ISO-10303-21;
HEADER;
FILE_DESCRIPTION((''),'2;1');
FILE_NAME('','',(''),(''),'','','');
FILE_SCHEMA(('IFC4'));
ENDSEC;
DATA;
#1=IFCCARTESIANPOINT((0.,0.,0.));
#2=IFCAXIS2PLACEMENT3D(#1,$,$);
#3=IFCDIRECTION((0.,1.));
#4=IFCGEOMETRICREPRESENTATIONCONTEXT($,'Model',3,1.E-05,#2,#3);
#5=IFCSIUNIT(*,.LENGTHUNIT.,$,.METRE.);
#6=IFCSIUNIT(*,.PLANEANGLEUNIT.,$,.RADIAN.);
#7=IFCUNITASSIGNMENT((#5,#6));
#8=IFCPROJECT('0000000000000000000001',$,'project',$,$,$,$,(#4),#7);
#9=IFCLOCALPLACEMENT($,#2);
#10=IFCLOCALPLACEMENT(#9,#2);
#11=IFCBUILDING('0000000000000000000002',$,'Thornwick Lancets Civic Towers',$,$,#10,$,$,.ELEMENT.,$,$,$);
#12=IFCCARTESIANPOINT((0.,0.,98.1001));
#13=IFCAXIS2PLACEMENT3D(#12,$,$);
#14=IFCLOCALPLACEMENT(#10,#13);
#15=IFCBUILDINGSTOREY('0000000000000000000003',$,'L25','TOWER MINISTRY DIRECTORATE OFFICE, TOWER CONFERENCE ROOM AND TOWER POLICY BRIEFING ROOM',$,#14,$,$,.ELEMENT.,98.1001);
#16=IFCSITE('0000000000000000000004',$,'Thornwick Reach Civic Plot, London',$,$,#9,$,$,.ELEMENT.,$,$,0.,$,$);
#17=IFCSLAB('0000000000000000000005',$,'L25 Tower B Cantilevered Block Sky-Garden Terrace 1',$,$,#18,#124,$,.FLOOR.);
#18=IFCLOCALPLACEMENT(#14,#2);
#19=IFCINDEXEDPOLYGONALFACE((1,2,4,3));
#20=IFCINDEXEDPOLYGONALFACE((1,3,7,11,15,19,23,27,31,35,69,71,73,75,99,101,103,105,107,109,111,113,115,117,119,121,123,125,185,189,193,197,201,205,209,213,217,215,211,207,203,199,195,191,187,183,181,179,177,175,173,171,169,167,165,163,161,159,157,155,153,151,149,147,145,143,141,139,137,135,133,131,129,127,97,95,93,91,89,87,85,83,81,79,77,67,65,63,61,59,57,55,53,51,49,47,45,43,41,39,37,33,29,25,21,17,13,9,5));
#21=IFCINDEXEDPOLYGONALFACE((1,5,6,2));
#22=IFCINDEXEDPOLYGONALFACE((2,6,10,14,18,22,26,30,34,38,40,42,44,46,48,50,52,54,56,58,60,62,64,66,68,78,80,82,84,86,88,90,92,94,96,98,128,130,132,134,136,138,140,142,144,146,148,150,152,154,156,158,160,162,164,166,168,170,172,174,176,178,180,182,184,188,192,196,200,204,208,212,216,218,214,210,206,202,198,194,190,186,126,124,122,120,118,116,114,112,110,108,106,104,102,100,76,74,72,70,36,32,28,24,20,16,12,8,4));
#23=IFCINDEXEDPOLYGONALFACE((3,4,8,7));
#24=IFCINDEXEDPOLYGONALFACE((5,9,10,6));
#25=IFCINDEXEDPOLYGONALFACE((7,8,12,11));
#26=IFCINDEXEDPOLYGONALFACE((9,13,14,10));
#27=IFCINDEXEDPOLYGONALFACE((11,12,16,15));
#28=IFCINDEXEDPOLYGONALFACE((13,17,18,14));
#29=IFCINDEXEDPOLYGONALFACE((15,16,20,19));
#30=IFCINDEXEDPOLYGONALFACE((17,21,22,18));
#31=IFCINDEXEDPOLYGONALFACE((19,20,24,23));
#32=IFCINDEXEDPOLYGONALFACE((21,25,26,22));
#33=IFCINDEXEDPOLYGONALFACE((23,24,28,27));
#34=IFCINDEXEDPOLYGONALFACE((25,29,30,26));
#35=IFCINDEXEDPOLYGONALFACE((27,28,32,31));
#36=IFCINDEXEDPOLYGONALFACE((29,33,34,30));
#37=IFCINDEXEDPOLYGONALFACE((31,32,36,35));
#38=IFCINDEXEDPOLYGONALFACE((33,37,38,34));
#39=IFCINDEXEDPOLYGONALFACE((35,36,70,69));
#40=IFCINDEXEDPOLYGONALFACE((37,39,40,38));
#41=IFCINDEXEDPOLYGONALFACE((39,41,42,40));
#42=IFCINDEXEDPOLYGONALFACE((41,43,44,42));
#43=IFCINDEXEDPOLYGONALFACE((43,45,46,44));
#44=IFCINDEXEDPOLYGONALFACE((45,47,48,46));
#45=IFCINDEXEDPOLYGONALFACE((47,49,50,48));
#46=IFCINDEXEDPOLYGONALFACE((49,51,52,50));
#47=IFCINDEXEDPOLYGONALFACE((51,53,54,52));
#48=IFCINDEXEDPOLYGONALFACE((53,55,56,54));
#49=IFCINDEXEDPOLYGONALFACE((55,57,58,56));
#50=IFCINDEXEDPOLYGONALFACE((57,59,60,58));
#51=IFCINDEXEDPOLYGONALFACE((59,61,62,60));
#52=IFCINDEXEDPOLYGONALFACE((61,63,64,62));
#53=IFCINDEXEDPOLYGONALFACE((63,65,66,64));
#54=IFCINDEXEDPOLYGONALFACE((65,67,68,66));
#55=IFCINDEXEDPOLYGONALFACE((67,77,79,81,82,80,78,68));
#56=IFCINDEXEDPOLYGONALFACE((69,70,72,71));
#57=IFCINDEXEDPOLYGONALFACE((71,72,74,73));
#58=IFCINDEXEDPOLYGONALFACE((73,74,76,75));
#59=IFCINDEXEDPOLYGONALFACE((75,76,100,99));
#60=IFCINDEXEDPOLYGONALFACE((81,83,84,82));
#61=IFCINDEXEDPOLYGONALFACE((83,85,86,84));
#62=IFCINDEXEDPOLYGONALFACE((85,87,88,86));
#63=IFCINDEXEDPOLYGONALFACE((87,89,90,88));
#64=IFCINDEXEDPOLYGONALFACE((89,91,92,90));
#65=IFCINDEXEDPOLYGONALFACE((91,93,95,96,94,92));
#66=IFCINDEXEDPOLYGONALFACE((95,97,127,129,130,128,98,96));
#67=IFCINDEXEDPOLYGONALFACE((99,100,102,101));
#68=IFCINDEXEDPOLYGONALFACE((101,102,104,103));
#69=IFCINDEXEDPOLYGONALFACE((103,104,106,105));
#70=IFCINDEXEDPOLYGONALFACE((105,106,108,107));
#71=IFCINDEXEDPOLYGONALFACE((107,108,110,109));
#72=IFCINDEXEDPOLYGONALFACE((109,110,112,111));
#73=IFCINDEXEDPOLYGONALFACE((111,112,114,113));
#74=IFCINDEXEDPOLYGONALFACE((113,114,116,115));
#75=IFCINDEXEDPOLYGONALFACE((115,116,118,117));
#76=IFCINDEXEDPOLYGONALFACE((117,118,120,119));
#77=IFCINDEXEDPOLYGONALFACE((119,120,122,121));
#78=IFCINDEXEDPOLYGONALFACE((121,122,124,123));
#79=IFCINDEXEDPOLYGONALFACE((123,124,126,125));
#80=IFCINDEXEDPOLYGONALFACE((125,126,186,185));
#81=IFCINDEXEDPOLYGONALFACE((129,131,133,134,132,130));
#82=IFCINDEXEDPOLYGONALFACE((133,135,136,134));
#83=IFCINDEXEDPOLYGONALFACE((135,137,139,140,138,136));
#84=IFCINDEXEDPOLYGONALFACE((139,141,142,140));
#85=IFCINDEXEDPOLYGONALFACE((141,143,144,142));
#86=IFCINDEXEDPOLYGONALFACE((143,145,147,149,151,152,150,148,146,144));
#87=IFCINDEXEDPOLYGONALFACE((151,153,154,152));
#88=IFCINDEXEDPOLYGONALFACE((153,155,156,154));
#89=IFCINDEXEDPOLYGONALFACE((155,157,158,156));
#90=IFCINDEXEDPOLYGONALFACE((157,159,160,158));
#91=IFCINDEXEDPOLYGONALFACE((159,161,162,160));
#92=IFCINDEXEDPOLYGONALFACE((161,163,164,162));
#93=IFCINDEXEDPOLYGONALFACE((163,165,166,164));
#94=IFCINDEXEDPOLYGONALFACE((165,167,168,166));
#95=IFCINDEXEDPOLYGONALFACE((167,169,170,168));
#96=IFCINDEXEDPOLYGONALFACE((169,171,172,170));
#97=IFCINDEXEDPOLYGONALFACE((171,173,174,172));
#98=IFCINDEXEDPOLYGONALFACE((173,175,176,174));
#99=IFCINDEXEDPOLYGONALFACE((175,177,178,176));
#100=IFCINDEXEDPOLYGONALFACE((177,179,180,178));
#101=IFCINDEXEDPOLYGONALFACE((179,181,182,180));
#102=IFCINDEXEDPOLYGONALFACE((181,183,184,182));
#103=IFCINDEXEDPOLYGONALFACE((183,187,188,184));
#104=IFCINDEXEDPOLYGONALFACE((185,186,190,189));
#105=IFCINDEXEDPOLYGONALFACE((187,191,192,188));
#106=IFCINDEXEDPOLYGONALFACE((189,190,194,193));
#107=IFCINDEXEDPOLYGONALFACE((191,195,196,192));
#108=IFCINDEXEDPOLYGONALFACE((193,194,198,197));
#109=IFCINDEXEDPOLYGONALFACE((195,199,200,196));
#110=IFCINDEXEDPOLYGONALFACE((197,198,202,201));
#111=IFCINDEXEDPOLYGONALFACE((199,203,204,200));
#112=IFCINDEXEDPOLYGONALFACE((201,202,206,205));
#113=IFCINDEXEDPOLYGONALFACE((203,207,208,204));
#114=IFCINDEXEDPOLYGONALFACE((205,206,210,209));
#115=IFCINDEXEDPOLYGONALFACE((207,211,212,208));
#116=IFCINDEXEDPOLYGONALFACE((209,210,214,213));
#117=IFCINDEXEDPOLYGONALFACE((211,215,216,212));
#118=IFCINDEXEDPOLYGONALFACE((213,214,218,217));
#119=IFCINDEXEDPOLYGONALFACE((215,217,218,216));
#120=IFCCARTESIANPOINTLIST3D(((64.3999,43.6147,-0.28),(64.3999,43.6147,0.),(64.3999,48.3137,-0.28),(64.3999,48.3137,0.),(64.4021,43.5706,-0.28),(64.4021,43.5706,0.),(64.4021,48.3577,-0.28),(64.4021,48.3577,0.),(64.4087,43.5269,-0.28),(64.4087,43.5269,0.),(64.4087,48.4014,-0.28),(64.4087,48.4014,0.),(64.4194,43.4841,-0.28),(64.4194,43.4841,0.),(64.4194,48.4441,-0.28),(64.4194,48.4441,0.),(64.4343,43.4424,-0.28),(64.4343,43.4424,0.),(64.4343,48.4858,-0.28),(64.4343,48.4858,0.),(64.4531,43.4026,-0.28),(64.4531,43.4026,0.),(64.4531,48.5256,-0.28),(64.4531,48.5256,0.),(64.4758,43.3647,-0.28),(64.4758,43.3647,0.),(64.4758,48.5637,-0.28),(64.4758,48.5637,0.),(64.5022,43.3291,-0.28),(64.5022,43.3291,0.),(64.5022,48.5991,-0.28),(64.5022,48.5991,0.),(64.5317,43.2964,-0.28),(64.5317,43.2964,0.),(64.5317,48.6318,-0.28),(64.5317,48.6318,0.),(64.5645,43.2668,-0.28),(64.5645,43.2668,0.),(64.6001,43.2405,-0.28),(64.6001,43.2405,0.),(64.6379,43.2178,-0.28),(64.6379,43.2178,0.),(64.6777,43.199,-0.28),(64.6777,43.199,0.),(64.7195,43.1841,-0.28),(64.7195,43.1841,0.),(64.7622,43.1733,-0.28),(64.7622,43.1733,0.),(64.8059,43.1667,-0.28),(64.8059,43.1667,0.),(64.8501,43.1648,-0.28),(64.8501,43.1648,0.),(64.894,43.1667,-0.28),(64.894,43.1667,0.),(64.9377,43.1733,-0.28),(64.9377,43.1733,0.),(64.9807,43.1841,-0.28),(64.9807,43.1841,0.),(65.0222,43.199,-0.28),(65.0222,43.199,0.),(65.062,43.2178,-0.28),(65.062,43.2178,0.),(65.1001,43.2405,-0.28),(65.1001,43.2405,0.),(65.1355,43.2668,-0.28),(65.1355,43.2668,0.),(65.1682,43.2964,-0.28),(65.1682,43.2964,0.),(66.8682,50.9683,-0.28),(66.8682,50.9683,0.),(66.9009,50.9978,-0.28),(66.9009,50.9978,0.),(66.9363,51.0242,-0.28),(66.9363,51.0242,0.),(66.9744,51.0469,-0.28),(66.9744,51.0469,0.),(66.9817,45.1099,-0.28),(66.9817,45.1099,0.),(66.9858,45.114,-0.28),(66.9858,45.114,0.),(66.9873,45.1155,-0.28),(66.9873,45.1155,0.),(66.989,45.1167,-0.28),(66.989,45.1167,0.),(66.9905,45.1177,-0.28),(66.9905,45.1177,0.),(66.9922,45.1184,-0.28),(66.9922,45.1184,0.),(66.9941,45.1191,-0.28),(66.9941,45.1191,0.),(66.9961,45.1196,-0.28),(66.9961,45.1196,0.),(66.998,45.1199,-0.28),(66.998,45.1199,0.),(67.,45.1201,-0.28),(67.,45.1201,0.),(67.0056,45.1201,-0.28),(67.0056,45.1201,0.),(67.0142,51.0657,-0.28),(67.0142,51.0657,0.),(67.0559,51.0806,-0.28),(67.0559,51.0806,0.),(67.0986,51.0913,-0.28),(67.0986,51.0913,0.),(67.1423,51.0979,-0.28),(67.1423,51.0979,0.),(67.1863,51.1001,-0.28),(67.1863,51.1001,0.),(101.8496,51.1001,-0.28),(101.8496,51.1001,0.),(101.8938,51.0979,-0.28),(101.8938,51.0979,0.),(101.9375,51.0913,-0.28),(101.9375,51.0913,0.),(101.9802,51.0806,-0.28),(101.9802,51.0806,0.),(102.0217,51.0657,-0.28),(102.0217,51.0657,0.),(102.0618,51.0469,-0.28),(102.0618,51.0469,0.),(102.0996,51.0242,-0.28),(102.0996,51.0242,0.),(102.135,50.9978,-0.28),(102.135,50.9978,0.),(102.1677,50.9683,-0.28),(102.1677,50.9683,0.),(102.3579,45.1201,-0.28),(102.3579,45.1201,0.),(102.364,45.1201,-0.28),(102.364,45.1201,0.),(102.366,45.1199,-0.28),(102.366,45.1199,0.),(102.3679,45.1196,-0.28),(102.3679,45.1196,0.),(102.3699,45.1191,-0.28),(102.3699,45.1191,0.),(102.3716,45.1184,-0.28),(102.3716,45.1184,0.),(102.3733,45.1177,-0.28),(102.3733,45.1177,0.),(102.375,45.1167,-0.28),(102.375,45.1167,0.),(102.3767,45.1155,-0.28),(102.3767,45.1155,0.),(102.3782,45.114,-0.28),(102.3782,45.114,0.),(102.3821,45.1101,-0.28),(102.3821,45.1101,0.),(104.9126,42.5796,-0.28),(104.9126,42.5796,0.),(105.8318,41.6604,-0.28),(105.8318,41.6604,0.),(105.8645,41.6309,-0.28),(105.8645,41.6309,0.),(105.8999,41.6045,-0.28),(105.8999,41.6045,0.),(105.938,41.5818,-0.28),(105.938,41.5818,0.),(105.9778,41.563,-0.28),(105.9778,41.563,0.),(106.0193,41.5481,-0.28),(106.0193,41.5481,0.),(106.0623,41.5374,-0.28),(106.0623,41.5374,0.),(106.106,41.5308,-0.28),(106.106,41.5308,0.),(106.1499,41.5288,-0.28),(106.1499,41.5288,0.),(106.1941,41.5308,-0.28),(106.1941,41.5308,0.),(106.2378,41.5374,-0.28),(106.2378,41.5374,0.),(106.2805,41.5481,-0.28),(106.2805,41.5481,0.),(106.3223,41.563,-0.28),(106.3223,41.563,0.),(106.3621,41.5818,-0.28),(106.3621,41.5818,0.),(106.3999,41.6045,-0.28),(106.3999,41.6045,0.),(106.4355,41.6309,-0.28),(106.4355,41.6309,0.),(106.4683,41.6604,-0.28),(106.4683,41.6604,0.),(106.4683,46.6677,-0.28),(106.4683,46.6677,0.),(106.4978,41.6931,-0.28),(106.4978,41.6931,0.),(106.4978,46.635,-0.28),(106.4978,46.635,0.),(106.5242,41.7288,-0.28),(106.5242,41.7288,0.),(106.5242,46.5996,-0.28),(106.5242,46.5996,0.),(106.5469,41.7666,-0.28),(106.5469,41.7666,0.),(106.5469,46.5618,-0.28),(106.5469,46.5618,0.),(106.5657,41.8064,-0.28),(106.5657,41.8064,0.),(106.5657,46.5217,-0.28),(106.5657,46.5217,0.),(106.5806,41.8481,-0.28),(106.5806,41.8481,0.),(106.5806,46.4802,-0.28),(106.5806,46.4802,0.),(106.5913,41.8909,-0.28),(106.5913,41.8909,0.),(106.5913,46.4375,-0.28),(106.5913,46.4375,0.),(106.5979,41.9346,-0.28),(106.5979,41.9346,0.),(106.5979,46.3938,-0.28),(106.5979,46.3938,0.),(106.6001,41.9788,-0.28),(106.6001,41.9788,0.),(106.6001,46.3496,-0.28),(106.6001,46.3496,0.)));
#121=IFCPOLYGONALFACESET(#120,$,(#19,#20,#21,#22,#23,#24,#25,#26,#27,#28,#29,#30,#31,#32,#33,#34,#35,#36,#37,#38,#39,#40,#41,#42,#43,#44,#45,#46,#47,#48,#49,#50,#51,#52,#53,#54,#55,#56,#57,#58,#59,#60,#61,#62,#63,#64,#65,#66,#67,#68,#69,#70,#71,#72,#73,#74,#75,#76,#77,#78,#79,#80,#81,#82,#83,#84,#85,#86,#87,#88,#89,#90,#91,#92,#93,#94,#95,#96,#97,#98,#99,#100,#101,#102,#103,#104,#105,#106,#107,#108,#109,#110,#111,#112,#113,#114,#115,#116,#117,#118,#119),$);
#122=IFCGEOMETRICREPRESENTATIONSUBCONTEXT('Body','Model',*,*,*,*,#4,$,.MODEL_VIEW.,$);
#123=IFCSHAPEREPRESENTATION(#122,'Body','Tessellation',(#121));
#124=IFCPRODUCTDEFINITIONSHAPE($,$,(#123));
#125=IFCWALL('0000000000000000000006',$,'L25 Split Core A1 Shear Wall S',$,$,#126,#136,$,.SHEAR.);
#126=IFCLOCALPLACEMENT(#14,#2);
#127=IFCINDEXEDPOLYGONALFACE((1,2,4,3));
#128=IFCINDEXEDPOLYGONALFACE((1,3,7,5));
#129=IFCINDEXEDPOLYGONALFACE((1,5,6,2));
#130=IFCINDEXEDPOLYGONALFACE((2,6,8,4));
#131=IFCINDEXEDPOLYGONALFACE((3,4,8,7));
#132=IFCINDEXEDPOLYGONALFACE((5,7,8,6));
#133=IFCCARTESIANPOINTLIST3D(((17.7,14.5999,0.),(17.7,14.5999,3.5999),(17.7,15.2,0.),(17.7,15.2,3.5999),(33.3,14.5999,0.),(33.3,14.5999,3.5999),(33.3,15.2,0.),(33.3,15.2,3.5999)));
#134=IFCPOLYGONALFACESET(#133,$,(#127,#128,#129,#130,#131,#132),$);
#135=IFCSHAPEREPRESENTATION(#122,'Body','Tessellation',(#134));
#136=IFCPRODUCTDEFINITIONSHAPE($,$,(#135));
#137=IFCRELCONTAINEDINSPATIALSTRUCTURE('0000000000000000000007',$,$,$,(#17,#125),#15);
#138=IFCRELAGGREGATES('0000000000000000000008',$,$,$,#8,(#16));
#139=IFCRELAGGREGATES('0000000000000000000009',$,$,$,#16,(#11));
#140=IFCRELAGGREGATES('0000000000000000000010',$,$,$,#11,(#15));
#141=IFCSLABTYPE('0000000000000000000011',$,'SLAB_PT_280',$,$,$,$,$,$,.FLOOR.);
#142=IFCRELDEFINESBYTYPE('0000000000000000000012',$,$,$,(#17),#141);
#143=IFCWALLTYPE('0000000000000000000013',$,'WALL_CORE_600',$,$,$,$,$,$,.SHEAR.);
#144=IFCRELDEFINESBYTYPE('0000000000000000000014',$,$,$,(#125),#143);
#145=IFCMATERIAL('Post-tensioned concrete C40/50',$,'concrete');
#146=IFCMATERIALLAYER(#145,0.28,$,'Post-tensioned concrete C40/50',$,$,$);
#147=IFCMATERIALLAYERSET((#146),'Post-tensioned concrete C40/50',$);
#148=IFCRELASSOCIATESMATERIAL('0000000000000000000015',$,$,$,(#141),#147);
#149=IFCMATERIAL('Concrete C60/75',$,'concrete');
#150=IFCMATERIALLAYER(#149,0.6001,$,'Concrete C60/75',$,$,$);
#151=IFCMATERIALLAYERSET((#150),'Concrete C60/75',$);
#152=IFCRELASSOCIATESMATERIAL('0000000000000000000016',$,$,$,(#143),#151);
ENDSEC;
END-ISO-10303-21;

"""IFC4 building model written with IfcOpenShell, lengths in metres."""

from ifc_helpers import new_model, si_unit, direction, frame, frame_2d, origin, place, context, subcontext, project, spatial, polyline, rectangle, outline, extrude, material, layer, layer_set, type_object, element, save


model = new_model("IFC4")

# Units and contexts
model_context = context("Model", 3, precision=1e-05, world=origin(), true_north=direction((0.0, 1.0)))
body_context = subcontext(model_context, "Body", "Model", "MODEL_VIEW")
ifc_project = project(units=[si_unit("LENGTHUNIT", "METRE"), si_unit("PLANEANGLEUNIT", "RADIAN")], contexts=[model_context])

# Site, building, storey
site_placement = place(None, origin())
site = spatial("IfcSite", under=ifc_project, at=site_placement, Name="Thornwick Reach Civic Plot, London", CompositionType="ELEMENT", RefElevation=0.0)
building_placement = place(site_placement, origin())
building = spatial("IfcBuilding", under=site, at=building_placement, Name="Thornwick Lancets Civic Towers", CompositionType="ELEMENT")
storey_placement = place(building_placement, frame((0.0, 0.0, 98.1001)))
storey = spatial("IfcBuildingStorey", under=building, at=storey_placement, Name="L25", Description="TOWER MINISTRY DIRECTORATE OFFICE, TOWER CONFERENCE ROOM AND TOWER POLICY BRIEFING ROOM", CompositionType="ELEMENT", Elevation=98.1001)

# Shared definitions
ifc_material_1 = material(Name="Concrete C60/75", Category="concrete")

# Slab
ifc_material_2 = material(Name="Post-tensioned concrete C40/50", Category="concrete")
ifc_layer_1 = layer(ifc_material_2, 0.28, Name="Post-tensioned concrete C40/50")
ifc_layer_set_1 = layer_set([ifc_layer_1], Name="Post-tensioned concrete C40/50")
slab_type_1 = type_object("IfcSlabType", Name="SLAB_PT_280", PredefinedType="FLOOR", material=ifc_layer_set_1)
slab_1_placement = place(storey_placement, frame((0.0, 0.0, -0.28)))
element("IfcSlab", 1, at=slab_1_placement, inside=storey, type_object=slab_type_1, Name="L25 Tower B Cantilevered Block Sky-Garden Terrace 1", PredefinedType="FLOOR", context=body_context, shape_type="SweptSolid", body=[
    extrude(outline(polyline([(64.4021, 48.3577), (64.4087, 48.4014), (64.4194, 48.4441), (64.4343, 48.4858), (64.4531, 48.5256), (64.4758, 48.5637), (64.5022, 48.5991), (64.5317, 48.6318), (66.8682, 50.9683), (66.9009, 50.9978), (66.9363, 51.0242), (66.9744, 51.0469), (67.0142, 51.0657), (67.0559, 51.0806), (67.0986, 51.0913), (67.1423, 51.0979), (67.1863, 51.1001), (101.8496, 51.1001), (101.8938, 51.0979), (101.9375, 51.0913), (101.9802, 51.0806), (102.0217, 51.0657), (102.0618, 51.0469), (102.0996, 51.0242), (102.135, 50.9978), (102.1677, 50.9683), (106.4683, 46.6677), (106.4978, 46.635), (106.5242, 46.5996), (106.5469, 46.5618), (106.5657, 46.5217), (106.5806, 46.4802), (106.5913, 46.4375), (106.5979, 46.3938), (106.6001, 46.3496), (106.6001, 41.9788), (106.5979, 41.9346), (106.5913, 41.8909), (106.5806, 41.8481), (106.5657, 41.8064), (106.5469, 41.7666), (106.5242, 41.7288), (106.4978, 41.6931), (106.4683, 41.6604), (106.4355, 41.6309), (106.3999, 41.6045), (106.3621, 41.5818), (106.3223, 41.563), (106.2805, 41.5481), (106.2378, 41.5374), (106.1941, 41.5308), (106.1499, 41.5288), (106.106, 41.5308), (106.0623, 41.5374), (106.0193, 41.5481), (105.9778, 41.563), (105.938, 41.5818), (105.8999, 41.6045), (105.8645, 41.6309), (105.8318, 41.6604), (104.9126, 42.5796), (102.3821, 45.1101), (102.3782, 45.114), (102.3767, 45.1155), (102.375, 45.1167), (102.3733, 45.1177), (102.3716, 45.1184), (102.3699, 45.1191), (102.3679, 45.1196), (102.366, 45.1199), (102.364, 45.1201), (102.3579, 45.1201), (67.0056, 45.1201), (67.0, 45.1201), (66.998, 45.1199), (66.9961, 45.1196), (66.9941, 45.1191), (66.9922, 45.1184), (66.9905, 45.1177), (66.989, 45.1167), (66.9873, 45.1155), (66.9858, 45.114), (66.9817, 45.1099), (65.1682, 43.2964), (65.1355, 43.2668), (65.1001, 43.2405), (65.062, 43.2178), (65.0222, 43.199), (64.9807, 43.1841), (64.9377, 43.1733), (64.894, 43.1667), (64.8501, 43.1648), (64.8059, 43.1667), (64.7622, 43.1733), (64.7195, 43.1841), (64.6777, 43.199), (64.6379, 43.2178), (64.6001, 43.2405), (64.5645, 43.2668), (64.5317, 43.2964), (64.5022, 43.3291), (64.4758, 43.3647), (64.4531, 43.4026), (64.4343, 43.4424), (64.4194, 43.4841), (64.4087, 43.5269), (64.4021, 43.5706), (64.3999, 43.6147), (64.3999, 48.3137), (64.4021, 48.3577)])), origin(), (0.0, 0.0, 1.0), 0.28),
])

# Wall
ifc_layer_2 = layer(ifc_material_1, 0.6001, Name="Concrete C60/75")
ifc_layer_set_2 = layer_set([ifc_layer_2], Name="Concrete C60/75")
wall_type_1 = type_object("IfcWallType", Name="WALL_CORE_600", PredefinedType="SHEAR", material=ifc_layer_set_2)
wall_1_placement = place(storey_placement, frame((17.7, 14.8999, 0.0), z_axis=(0.0, 0.0, 1.0), x_axis=(1.0, 0.0, 0.0)))
element("IfcWall", 2, at=wall_1_placement, inside=storey, type_object=wall_type_1, Name="L25 Split Core A1 Shear Wall S", PredefinedType="SHEAR", context=body_context, shape_type="SweptSolid", body=[
    extrude(rectangle(XDim=15.6001, YDim=0.6001, at=frame_2d((7.8, 0.0))), origin(), (0.0, 0.0, 1.0), 3.5999),
])

save(model, "model.ifc")
